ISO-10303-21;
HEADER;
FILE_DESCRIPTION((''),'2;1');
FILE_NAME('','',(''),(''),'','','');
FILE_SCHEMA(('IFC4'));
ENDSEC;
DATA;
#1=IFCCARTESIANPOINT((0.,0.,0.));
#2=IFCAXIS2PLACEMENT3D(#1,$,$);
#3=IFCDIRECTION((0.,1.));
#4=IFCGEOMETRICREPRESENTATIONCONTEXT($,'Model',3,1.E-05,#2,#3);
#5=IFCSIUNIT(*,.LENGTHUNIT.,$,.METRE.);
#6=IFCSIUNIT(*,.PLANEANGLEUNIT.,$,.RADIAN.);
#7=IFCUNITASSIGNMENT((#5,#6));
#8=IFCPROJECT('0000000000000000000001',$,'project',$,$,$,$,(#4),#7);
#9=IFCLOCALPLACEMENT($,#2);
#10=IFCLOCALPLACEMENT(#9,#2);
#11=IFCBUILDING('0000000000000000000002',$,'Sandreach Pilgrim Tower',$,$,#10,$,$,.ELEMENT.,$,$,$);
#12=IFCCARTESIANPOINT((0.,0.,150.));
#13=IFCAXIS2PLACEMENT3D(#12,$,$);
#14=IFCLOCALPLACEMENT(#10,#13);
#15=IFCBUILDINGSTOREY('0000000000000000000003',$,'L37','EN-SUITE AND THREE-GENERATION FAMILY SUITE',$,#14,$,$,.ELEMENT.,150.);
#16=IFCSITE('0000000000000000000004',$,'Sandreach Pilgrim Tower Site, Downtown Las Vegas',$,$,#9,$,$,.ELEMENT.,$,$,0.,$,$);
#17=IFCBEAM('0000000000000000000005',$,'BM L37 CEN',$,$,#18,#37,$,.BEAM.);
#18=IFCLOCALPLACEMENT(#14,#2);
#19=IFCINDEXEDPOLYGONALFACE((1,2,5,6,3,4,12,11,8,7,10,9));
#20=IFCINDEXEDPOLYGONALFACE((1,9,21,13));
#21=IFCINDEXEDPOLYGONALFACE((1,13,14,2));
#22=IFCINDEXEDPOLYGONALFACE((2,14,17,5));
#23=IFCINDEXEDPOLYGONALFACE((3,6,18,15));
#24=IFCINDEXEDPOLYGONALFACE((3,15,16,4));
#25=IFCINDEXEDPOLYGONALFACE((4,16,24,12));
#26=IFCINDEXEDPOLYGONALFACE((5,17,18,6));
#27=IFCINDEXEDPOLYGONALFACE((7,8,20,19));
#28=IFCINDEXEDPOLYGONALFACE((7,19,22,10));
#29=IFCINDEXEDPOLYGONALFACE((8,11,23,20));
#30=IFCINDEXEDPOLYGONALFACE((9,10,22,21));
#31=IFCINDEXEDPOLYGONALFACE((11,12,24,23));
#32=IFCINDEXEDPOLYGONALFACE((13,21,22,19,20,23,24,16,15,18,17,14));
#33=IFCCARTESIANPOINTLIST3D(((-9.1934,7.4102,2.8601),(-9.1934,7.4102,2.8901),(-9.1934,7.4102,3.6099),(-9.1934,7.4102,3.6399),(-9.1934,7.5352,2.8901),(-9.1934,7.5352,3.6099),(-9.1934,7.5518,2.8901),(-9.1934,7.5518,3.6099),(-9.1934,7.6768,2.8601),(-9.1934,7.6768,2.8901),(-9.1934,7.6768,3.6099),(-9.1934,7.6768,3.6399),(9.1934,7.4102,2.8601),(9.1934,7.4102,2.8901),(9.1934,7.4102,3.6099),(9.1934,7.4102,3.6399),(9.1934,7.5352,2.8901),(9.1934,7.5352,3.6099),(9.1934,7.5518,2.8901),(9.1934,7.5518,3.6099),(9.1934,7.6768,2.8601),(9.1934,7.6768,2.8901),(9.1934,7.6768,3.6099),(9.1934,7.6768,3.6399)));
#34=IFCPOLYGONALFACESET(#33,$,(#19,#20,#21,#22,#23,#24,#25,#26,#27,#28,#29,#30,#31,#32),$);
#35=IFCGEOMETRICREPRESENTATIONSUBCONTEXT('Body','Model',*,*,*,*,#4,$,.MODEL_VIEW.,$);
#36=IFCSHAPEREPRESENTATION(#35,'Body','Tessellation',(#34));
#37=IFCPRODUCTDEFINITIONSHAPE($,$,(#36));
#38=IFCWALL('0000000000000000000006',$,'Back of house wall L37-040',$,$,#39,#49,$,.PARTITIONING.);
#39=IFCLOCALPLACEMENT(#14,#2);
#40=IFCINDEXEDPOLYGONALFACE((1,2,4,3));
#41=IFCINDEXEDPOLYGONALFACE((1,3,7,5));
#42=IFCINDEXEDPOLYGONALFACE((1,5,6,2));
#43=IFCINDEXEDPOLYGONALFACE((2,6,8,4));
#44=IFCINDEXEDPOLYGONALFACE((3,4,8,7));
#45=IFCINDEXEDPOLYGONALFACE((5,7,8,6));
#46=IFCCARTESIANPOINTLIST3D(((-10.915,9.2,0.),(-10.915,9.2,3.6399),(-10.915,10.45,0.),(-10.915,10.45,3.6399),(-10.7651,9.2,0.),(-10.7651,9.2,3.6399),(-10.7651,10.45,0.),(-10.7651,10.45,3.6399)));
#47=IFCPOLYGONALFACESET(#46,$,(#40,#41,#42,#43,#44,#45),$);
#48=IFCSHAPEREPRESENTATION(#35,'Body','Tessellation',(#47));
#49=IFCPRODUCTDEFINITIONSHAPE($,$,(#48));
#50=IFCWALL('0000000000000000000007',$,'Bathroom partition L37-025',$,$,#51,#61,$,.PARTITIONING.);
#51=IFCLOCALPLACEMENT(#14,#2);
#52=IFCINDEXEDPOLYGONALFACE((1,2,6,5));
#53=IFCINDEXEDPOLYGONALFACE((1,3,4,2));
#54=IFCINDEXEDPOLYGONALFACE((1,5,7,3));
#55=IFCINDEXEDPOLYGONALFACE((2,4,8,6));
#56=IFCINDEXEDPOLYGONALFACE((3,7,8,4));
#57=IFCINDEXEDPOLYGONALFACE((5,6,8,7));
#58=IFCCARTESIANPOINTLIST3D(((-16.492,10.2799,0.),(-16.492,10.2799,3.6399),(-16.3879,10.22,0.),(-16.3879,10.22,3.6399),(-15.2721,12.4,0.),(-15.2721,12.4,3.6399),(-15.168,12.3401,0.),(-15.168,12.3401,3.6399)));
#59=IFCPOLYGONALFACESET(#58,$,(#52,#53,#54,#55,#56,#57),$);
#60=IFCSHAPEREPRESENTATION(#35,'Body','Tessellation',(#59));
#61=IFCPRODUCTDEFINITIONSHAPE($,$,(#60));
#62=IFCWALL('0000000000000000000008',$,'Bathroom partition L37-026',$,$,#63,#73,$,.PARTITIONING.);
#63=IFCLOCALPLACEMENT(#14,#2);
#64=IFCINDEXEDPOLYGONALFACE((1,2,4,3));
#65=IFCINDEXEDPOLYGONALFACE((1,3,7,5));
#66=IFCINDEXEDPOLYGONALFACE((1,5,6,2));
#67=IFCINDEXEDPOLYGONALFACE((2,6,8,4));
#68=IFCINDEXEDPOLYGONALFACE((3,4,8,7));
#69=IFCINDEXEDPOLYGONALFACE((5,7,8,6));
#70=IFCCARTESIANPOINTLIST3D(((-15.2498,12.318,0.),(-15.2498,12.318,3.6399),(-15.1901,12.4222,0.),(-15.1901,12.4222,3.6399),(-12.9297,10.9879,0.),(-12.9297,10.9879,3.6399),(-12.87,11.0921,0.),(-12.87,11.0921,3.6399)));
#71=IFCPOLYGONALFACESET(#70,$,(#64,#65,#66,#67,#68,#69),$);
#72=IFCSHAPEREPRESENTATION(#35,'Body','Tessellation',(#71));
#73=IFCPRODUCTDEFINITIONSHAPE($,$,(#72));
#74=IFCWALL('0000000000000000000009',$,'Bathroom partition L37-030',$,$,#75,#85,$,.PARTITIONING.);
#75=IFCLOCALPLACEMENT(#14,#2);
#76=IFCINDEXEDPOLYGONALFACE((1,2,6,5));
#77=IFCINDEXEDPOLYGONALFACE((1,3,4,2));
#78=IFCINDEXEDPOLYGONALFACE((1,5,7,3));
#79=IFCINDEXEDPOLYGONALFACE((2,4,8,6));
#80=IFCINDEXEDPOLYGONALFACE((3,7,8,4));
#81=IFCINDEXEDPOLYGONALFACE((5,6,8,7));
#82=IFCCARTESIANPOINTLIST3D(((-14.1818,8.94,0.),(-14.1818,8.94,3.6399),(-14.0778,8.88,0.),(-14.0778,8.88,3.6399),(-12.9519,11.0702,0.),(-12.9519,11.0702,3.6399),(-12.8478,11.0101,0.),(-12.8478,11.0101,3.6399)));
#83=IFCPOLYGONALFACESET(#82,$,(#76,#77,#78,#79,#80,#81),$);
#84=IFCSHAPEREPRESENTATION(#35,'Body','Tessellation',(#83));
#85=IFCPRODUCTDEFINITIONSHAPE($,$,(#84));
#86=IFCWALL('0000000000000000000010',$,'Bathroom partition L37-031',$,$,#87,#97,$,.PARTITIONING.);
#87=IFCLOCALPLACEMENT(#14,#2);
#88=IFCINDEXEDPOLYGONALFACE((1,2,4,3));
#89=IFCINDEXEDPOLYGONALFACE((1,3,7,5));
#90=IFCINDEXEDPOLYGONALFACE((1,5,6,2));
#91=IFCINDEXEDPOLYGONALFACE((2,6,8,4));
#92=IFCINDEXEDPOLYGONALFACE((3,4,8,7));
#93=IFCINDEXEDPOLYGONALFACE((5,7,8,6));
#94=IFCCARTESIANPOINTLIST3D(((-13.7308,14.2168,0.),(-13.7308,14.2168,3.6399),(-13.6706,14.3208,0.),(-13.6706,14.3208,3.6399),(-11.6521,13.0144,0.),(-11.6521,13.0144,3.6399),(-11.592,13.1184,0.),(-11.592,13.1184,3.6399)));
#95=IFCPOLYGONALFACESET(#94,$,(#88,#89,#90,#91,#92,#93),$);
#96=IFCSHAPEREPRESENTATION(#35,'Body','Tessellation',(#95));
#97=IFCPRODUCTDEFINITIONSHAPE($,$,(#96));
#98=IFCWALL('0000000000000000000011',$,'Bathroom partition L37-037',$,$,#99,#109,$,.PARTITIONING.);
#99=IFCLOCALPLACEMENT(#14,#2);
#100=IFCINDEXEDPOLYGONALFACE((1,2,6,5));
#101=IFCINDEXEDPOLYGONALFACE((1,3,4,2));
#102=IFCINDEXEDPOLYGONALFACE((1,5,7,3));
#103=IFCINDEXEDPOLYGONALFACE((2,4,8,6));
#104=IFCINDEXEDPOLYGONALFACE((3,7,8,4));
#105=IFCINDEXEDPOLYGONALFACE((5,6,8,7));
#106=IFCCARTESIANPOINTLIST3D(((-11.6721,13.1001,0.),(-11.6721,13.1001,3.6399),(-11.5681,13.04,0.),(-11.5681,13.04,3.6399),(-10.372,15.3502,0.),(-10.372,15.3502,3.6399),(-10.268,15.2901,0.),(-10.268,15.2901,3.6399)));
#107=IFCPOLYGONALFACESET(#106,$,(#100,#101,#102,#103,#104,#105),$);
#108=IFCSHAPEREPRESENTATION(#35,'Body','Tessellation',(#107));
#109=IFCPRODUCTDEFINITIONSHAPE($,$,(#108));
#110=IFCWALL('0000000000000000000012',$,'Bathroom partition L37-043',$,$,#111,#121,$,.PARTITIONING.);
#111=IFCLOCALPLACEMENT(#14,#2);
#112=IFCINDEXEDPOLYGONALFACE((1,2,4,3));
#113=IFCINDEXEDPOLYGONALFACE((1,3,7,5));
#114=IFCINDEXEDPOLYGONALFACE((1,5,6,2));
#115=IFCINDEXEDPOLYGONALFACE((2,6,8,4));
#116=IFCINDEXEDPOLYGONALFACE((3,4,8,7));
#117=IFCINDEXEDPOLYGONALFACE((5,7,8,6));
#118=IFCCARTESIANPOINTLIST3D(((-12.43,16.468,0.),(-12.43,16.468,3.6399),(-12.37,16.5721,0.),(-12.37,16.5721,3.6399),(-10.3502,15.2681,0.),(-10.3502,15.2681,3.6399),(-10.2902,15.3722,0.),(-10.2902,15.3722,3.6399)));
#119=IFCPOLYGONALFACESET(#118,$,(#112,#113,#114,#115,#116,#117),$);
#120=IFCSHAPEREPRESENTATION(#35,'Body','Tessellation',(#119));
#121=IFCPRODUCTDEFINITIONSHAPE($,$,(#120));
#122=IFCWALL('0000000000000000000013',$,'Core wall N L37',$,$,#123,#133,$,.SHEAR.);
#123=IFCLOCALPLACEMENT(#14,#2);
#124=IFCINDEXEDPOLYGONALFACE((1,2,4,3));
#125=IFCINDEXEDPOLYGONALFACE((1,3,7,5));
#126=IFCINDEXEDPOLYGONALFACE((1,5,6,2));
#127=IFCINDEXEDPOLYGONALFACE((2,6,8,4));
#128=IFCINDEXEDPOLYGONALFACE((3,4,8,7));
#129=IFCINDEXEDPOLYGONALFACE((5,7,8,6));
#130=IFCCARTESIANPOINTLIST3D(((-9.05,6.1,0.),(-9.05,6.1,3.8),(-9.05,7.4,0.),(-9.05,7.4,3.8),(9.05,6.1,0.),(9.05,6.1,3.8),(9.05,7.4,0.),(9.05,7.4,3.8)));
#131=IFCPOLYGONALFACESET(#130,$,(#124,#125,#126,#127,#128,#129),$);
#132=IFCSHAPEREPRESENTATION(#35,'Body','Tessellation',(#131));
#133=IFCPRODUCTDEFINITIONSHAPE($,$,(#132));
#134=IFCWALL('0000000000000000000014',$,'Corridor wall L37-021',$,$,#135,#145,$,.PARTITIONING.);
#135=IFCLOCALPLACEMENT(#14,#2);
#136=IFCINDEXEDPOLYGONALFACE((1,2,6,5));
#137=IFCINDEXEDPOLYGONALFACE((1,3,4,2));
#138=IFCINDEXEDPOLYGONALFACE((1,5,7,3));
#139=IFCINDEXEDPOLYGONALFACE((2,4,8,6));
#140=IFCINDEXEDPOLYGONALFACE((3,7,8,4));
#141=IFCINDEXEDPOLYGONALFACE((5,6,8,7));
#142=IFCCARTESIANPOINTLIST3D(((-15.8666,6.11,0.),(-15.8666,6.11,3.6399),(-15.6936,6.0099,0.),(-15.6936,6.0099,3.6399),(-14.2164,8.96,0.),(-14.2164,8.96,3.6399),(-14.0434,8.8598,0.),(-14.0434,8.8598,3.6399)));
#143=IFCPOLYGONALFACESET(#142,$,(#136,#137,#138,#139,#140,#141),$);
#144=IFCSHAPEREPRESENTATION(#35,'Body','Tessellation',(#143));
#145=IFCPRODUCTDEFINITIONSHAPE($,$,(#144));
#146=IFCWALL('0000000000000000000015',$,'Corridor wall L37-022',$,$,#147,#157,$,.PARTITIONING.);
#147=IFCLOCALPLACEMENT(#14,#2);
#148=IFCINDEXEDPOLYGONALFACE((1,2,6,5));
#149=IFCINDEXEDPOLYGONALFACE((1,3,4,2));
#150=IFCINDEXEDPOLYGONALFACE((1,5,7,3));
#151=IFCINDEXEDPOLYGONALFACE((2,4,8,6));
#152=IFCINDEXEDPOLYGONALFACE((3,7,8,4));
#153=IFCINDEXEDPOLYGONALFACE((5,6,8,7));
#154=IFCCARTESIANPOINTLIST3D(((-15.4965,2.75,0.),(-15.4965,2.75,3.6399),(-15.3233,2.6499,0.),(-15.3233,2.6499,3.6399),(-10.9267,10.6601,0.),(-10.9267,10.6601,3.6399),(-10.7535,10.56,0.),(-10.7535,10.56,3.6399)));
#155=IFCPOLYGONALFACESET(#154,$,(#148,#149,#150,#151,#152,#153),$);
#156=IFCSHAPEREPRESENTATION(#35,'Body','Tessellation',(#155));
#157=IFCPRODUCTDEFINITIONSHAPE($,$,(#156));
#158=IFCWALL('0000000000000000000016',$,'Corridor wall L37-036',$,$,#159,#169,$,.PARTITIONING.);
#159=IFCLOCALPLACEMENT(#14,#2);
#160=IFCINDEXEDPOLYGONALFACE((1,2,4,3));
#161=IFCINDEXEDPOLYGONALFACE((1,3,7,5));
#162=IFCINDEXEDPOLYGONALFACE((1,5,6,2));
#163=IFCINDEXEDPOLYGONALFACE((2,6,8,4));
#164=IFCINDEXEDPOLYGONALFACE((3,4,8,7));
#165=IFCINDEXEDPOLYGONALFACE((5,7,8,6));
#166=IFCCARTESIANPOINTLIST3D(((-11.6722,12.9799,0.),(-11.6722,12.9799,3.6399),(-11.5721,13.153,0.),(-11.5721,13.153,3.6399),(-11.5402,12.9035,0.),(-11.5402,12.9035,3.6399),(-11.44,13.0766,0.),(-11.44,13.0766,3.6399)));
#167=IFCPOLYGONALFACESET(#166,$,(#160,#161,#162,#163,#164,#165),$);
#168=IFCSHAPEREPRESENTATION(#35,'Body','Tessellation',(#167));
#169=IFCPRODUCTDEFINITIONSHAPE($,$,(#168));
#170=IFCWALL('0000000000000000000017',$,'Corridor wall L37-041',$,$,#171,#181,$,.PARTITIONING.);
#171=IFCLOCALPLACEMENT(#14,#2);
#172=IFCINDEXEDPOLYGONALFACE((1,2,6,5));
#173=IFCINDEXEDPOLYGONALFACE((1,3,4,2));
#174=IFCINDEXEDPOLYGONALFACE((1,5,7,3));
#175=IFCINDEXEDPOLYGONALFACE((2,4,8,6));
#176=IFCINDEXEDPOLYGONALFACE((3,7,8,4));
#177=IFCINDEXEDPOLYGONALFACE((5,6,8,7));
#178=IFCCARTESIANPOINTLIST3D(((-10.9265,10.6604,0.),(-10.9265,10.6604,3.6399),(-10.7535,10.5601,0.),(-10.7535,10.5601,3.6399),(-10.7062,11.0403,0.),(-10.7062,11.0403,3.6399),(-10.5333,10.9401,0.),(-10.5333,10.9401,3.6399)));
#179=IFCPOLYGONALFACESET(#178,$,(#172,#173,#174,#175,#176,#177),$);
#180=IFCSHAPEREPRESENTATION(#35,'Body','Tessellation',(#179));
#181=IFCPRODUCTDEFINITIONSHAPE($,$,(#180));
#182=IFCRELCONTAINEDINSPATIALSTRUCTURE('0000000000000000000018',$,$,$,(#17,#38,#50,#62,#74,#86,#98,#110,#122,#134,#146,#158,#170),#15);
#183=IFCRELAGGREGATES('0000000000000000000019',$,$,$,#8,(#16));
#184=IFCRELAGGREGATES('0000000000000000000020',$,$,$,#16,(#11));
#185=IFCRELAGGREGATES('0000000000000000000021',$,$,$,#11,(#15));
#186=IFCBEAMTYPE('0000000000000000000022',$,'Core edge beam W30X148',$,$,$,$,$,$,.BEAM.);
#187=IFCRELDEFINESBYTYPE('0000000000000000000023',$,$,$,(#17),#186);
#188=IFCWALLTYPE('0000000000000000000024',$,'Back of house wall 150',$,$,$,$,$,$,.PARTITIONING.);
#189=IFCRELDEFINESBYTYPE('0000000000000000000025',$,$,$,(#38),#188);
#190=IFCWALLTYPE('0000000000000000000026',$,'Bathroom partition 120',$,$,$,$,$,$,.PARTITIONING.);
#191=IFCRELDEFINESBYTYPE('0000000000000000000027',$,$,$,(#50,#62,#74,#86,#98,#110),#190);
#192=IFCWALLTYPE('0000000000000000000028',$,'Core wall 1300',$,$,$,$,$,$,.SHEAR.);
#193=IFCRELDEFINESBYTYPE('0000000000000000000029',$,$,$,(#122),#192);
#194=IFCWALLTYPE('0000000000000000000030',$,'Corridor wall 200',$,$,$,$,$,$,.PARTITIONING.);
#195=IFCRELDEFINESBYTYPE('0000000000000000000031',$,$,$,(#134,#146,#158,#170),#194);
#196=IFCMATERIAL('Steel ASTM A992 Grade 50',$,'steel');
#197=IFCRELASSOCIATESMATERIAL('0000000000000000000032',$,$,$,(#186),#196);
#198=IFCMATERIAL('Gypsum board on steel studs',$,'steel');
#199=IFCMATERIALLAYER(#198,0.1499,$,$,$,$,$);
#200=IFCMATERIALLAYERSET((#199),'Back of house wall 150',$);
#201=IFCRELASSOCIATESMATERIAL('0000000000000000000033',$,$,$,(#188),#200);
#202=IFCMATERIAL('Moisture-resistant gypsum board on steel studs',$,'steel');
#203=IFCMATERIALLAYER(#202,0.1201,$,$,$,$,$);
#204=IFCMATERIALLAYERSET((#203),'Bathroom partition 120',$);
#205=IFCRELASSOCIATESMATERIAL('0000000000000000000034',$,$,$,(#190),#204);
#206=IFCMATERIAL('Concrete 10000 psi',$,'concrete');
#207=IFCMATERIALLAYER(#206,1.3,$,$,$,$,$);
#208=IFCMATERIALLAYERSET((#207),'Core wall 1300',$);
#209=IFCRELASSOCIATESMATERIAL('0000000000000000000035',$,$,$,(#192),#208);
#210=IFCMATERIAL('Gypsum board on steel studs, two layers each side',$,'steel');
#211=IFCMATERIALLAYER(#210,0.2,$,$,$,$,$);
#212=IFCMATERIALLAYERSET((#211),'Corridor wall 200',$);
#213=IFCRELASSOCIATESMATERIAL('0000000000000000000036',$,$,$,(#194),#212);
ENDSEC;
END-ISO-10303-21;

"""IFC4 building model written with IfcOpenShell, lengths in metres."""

from ifc_helpers import new_model, si_unit, direction, frame, frame_2d, origin, origin_2d, place, context, subcontext, project, spatial, rectangle, i_section, extrude, material, layer, layer_set, material_profile, profile_set, type_object, element, save


model = new_model("IFC4")

# Units and contexts
model_context = context("Model", 3, precision=1e-05, world=origin(), true_north=direction((0.0, 1.0)))
body_context = subcontext(model_context, "Body", "Model", "MODEL_VIEW")
ifc_project = project(units=[si_unit("LENGTHUNIT", "METRE"), si_unit("PLANEANGLEUNIT", "RADIAN")], contexts=[model_context])

# Site, building, storey
site_placement = place(None, origin())
site = spatial("IfcSite", under=ifc_project, at=site_placement, Name="Sandreach Pilgrim Tower Site, Downtown Las Vegas", CompositionType="ELEMENT", RefElevation=0.0)
building_placement = place(site_placement, origin())
building = spatial("IfcBuilding", under=site, at=building_placement, Name="Sandreach Pilgrim Tower", CompositionType="ELEMENT")
storey_placement = place(building_placement, frame((0.0, 0.0, 150.0)))
storey = spatial("IfcBuildingStorey", under=building, at=storey_placement, Name="L37", Description="EN-SUITE AND THREE-GENERATION FAMILY SUITE", CompositionType="ELEMENT", Elevation=150.0)

# Beam
ifc_material_1 = material(Name="Steel ASTM A992 Grade 50", Category="steel")
ifc_material_profile = material_profile(ifc_material_1, i_section(OverallWidth=0.2666, OverallDepth=0.7798, WebThickness=0.0166, FlangeThickness=0.03, at=origin_2d()), Name="W30X148")
ifc_profile_set = profile_set([ifc_material_profile], Name="Steel ASTM A992 Grade 50")
beam_type = type_object("IfcBeamType", Name="Core edge beam W30X148", PredefinedType="BEAM", material=ifc_profile_set)
beam_placement = place(storey_placement, frame((-9.1934, 7.5435, 3.25), z_axis=(1.0, 0.0, 0.0), x_axis=(0.0, 1.0, 0.0)))
element("IfcBeam", 1, at=beam_placement, inside=storey, type_object=beam_type, Name="BM L37 CEN", PredefinedType="BEAM", context=body_context, shape_type="SweptSolid", body=[
    extrude(i_section(OverallWidth=0.2666, OverallDepth=0.7798, WebThickness=0.0166, FlangeThickness=0.03, at=origin_2d()), origin(), (0.0, 0.0, 1.0), 18.3867),
])

# Walls
ifc_material_2 = material(Name="Gypsum board on steel studs", Category="steel")
ifc_layer_1 = layer(ifc_material_2, 0.1499)
ifc_layer_set_1 = layer_set([ifc_layer_1], Name="Back of house wall 150")
wall_type_1 = type_object("IfcWallType", Name="Back of house wall 150", PredefinedType="PARTITIONING", material=ifc_layer_set_1)
wall_1_placement = place(storey_placement, frame((-10.8401, 10.45, 0.0), z_axis=(0.0, 0.0, 1.0), x_axis=(0.0, -1.0, 0.0)))
element("IfcWall", 2, at=wall_1_placement, inside=storey, type_object=wall_type_1, Name="Back of house wall L37-040", PredefinedType="PARTITIONING", context=body_context, shape_type="SweptSolid", body=[
    extrude(rectangle(XDim=1.25, YDim=0.1499, at=frame_2d((0.625, 0.0))), origin(), (0.0, 0.0, 1.0), 3.6399),
])
ifc_material_3 = material(Name="Moisture-resistant gypsum board on steel studs", Category="steel")
ifc_layer_2 = layer(ifc_material_3, 0.1201)
ifc_layer_set_2 = layer_set([ifc_layer_2], Name="Bathroom partition 120")
wall_type_2 = type_object("IfcWallType", Name="Bathroom partition 120", PredefinedType="PARTITIONING", material=ifc_layer_set_2)
wall_2_placement = place(storey_placement, frame((-15.22, 12.3701, 0.0), z_axis=(0.0, 0.0, 1.0), x_axis=(-0.498749, -0.866747, 0.0)))
element("IfcWall", 3, at=wall_2_placement, inside=storey, type_object=wall_type_2, Name="Bathroom partition L37-025", PredefinedType="PARTITIONING", context=body_context, shape_type="SweptSolid", body=[
    extrude(rectangle(XDim=2.446, YDim=0.1201, at=frame_2d((1.2231, 0.0))), origin(), (0.0, 0.0, 1.0), 3.6399),
])
wall_3_placement = place(storey_placement, frame((-15.22, 12.3701, 0.0), z_axis=(0.0, 0.0, 1.0), x_axis=(0.867546, -0.497358, 0.0)))
element("IfcWall", 4, at=wall_3_placement, inside=storey, type_object=wall_type_2, Name="Bathroom partition L37-026", PredefinedType="PARTITIONING", context=body_context, shape_type="SweptSolid", body=[
    extrude(rectangle(XDim=2.6743, YDim=0.1201, at=frame_2d((1.3372, 0.0))), origin(), (0.0, 0.0, 1.0), 3.6399),
])
wall_4_placement = place(storey_placement, frame((-14.1299, 8.9099, 0.0), z_axis=(0.0, 0.0, 1.0), x_axis=(0.500046, 0.865999, 0.0)))
element("IfcWall", 5, at=wall_4_placement, inside=storey, type_object=wall_type_2, Name="Bathroom partition L37-030", PredefinedType="PARTITIONING", context=body_context, shape_type="SweptSolid", body=[
    extrude(rectangle(XDim=2.4597, YDim=0.1201, at=frame_2d((1.23, 0.0))), origin(), (0.0, 0.0, 1.0), 3.6399),
])
wall_5_placement = place(storey_placement, frame((-13.7007, 14.2688, 0.0), z_axis=(0.0, 0.0, 1.0), x_axis=(0.86561, -0.50072, 0.0)))
element("IfcWall", 6, at=wall_5_placement, inside=storey, type_object=wall_type_2, Name="Bathroom partition L37-031", PredefinedType="PARTITIONING", context=body_context, shape_type="SweptSolid", body=[
    extrude(rectangle(XDim=2.4014, YDim=0.1201, at=frame_2d((1.2007, 0.0))), origin(), (0.0, 0.0, 1.0), 3.6399),
])
wall_6_placement = place(storey_placement, frame((-11.6201, 13.0701, 0.0), z_axis=(0.0, 0.0, 1.0), x_axis=(0.500292, 0.865857, 0.0)))
element("IfcWall", 7, at=wall_6_placement, inside=storey, type_object=wall_type_2, Name="Bathroom partition L37-037", PredefinedType="PARTITIONING", context=body_context, shape_type="SweptSolid", body=[
    extrude(rectangle(XDim=2.5986, YDim=0.1201, at=frame_2d((1.2993, 0.0))), origin(), (0.0, 0.0, 1.0), 3.6399),
])
wall_7_placement = place(storey_placement, frame((-10.3201, 15.3201, 0.0), z_axis=(0.0, 0.0, 1.0), x_axis=(-0.866177, 0.499737, 0.0)))
element("IfcWall", 8, at=wall_7_placement, inside=storey, type_object=wall_type_2, Name="Bathroom partition L37-043", PredefinedType="PARTITIONING", context=body_context, shape_type="SweptSolid", body=[
    extrude(rectangle(XDim=2.4011, YDim=0.1201, at=frame_2d((1.2007, 0.0))), origin(), (0.0, 0.0, 1.0), 3.6399),
])
ifc_material_4 = material(Name="Concrete 10000 psi", Category="concrete")
ifc_layer_3 = layer(ifc_material_4, 1.3)
ifc_layer_set_3 = layer_set([ifc_layer_3], Name="Core wall 1300")
wall_type_3 = type_object("IfcWallType", Name="Core wall 1300", PredefinedType="SHEAR", material=ifc_layer_set_3)
wall_8_placement = place(storey_placement, frame((-9.05, 6.75, 0.0), z_axis=(0.0, 0.0, 1.0), x_axis=(1.0, 0.0, 0.0)))
element("IfcWall", 9, at=wall_8_placement, inside=storey, type_object=wall_type_3, Name="Core wall N L37", PredefinedType="SHEAR", context=body_context, shape_type="SweptSolid", body=[
    extrude(rectangle(XDim=18.1001, YDim=1.3, at=frame_2d((9.05, 0.0))), origin(), (0.0, 0.0, 1.0), 3.8),
])
ifc_material_5 = material(Name="Gypsum board on steel studs, two layers each side", Category="steel")
ifc_layer_4 = layer(ifc_material_5, 0.2)
ifc_layer_set_4 = layer_set([ifc_layer_4], Name="Corridor wall 200")
wall_type_4 = type_object("IfcWallType", Name="Corridor wall 200", PredefinedType="PARTITIONING", material=ifc_layer_set_4)
wall_9_placement = place(storey_placement, frame((-15.78, 6.0601, 0.0), z_axis=(0.0, 0.0, 1.0), x_axis=(0.501089, 0.865396, 0.0)))
element("IfcWall", 10, at=wall_9_placement, inside=storey, type_object=wall_type_4, Name="Corridor wall L37-021", PredefinedType="PARTITIONING", context=body_context, shape_type="SweptSolid", body=[
    extrude(rectangle(XDim=3.2932, YDim=0.2, at=frame_2d((1.6465, 0.0))), origin(), (0.0, 0.0, 1.0), 3.6399),
])
wall_10_placement = place(storey_placement, frame((-15.4099, 2.7, 0.0), z_axis=(0.0, 0.0, 1.0), x_axis=(0.500238, 0.865888, 0.0)))
element("IfcWall", 11, at=wall_10_placement, inside=storey, type_object=wall_type_4, Name="Corridor wall L37-022", PredefinedType="PARTITIONING", context=body_context, shape_type="SweptSolid", body=[
    extrude(rectangle(XDim=9.1353, YDim=0.2, at=frame_2d((4.5676, 0.0))), origin(), (0.0, 0.0, 1.0), 3.6399),
])
wall_11_placement = place(storey_placement, frame((-11.6221, 13.0664, 0.0), z_axis=(0.0, 0.0, 1.0), x_axis=(0.865572, -0.500784, 0.0)))
element("IfcWall", 12, at=wall_11_placement, inside=storey, type_object=wall_type_4, Name="Corridor wall L37-036", PredefinedType="PARTITIONING", context=body_context, shape_type="SweptSolid", body=[
    extrude(rectangle(XDim=0.1526, YDim=0.2, at=frame_2d((0.0762, 0.0))), origin(), (0.0, 0.0, 1.0), 3.6399),
])

# Wall
wall_12_placement = place(storey_placement, frame((-10.8401, 10.6101, 0.0), z_axis=(0.0, 0.0, 1.0), x_axis=(0.501518, 0.865147, 0.0)))
element("IfcWall", 13, at=wall_12_placement, inside=storey, type_object=wall_type_4, Name="Corridor wall L37-041", PredefinedType="PARTITIONING", context=body_context, shape_type="SweptSolid", body=[
    extrude(rectangle(XDim=0.4392, YDim=0.2, at=frame_2d((0.2197, 0.0))), origin(), (0.0, 0.0, 1.0), 3.6399),
])

save(model, "model.ifc")
